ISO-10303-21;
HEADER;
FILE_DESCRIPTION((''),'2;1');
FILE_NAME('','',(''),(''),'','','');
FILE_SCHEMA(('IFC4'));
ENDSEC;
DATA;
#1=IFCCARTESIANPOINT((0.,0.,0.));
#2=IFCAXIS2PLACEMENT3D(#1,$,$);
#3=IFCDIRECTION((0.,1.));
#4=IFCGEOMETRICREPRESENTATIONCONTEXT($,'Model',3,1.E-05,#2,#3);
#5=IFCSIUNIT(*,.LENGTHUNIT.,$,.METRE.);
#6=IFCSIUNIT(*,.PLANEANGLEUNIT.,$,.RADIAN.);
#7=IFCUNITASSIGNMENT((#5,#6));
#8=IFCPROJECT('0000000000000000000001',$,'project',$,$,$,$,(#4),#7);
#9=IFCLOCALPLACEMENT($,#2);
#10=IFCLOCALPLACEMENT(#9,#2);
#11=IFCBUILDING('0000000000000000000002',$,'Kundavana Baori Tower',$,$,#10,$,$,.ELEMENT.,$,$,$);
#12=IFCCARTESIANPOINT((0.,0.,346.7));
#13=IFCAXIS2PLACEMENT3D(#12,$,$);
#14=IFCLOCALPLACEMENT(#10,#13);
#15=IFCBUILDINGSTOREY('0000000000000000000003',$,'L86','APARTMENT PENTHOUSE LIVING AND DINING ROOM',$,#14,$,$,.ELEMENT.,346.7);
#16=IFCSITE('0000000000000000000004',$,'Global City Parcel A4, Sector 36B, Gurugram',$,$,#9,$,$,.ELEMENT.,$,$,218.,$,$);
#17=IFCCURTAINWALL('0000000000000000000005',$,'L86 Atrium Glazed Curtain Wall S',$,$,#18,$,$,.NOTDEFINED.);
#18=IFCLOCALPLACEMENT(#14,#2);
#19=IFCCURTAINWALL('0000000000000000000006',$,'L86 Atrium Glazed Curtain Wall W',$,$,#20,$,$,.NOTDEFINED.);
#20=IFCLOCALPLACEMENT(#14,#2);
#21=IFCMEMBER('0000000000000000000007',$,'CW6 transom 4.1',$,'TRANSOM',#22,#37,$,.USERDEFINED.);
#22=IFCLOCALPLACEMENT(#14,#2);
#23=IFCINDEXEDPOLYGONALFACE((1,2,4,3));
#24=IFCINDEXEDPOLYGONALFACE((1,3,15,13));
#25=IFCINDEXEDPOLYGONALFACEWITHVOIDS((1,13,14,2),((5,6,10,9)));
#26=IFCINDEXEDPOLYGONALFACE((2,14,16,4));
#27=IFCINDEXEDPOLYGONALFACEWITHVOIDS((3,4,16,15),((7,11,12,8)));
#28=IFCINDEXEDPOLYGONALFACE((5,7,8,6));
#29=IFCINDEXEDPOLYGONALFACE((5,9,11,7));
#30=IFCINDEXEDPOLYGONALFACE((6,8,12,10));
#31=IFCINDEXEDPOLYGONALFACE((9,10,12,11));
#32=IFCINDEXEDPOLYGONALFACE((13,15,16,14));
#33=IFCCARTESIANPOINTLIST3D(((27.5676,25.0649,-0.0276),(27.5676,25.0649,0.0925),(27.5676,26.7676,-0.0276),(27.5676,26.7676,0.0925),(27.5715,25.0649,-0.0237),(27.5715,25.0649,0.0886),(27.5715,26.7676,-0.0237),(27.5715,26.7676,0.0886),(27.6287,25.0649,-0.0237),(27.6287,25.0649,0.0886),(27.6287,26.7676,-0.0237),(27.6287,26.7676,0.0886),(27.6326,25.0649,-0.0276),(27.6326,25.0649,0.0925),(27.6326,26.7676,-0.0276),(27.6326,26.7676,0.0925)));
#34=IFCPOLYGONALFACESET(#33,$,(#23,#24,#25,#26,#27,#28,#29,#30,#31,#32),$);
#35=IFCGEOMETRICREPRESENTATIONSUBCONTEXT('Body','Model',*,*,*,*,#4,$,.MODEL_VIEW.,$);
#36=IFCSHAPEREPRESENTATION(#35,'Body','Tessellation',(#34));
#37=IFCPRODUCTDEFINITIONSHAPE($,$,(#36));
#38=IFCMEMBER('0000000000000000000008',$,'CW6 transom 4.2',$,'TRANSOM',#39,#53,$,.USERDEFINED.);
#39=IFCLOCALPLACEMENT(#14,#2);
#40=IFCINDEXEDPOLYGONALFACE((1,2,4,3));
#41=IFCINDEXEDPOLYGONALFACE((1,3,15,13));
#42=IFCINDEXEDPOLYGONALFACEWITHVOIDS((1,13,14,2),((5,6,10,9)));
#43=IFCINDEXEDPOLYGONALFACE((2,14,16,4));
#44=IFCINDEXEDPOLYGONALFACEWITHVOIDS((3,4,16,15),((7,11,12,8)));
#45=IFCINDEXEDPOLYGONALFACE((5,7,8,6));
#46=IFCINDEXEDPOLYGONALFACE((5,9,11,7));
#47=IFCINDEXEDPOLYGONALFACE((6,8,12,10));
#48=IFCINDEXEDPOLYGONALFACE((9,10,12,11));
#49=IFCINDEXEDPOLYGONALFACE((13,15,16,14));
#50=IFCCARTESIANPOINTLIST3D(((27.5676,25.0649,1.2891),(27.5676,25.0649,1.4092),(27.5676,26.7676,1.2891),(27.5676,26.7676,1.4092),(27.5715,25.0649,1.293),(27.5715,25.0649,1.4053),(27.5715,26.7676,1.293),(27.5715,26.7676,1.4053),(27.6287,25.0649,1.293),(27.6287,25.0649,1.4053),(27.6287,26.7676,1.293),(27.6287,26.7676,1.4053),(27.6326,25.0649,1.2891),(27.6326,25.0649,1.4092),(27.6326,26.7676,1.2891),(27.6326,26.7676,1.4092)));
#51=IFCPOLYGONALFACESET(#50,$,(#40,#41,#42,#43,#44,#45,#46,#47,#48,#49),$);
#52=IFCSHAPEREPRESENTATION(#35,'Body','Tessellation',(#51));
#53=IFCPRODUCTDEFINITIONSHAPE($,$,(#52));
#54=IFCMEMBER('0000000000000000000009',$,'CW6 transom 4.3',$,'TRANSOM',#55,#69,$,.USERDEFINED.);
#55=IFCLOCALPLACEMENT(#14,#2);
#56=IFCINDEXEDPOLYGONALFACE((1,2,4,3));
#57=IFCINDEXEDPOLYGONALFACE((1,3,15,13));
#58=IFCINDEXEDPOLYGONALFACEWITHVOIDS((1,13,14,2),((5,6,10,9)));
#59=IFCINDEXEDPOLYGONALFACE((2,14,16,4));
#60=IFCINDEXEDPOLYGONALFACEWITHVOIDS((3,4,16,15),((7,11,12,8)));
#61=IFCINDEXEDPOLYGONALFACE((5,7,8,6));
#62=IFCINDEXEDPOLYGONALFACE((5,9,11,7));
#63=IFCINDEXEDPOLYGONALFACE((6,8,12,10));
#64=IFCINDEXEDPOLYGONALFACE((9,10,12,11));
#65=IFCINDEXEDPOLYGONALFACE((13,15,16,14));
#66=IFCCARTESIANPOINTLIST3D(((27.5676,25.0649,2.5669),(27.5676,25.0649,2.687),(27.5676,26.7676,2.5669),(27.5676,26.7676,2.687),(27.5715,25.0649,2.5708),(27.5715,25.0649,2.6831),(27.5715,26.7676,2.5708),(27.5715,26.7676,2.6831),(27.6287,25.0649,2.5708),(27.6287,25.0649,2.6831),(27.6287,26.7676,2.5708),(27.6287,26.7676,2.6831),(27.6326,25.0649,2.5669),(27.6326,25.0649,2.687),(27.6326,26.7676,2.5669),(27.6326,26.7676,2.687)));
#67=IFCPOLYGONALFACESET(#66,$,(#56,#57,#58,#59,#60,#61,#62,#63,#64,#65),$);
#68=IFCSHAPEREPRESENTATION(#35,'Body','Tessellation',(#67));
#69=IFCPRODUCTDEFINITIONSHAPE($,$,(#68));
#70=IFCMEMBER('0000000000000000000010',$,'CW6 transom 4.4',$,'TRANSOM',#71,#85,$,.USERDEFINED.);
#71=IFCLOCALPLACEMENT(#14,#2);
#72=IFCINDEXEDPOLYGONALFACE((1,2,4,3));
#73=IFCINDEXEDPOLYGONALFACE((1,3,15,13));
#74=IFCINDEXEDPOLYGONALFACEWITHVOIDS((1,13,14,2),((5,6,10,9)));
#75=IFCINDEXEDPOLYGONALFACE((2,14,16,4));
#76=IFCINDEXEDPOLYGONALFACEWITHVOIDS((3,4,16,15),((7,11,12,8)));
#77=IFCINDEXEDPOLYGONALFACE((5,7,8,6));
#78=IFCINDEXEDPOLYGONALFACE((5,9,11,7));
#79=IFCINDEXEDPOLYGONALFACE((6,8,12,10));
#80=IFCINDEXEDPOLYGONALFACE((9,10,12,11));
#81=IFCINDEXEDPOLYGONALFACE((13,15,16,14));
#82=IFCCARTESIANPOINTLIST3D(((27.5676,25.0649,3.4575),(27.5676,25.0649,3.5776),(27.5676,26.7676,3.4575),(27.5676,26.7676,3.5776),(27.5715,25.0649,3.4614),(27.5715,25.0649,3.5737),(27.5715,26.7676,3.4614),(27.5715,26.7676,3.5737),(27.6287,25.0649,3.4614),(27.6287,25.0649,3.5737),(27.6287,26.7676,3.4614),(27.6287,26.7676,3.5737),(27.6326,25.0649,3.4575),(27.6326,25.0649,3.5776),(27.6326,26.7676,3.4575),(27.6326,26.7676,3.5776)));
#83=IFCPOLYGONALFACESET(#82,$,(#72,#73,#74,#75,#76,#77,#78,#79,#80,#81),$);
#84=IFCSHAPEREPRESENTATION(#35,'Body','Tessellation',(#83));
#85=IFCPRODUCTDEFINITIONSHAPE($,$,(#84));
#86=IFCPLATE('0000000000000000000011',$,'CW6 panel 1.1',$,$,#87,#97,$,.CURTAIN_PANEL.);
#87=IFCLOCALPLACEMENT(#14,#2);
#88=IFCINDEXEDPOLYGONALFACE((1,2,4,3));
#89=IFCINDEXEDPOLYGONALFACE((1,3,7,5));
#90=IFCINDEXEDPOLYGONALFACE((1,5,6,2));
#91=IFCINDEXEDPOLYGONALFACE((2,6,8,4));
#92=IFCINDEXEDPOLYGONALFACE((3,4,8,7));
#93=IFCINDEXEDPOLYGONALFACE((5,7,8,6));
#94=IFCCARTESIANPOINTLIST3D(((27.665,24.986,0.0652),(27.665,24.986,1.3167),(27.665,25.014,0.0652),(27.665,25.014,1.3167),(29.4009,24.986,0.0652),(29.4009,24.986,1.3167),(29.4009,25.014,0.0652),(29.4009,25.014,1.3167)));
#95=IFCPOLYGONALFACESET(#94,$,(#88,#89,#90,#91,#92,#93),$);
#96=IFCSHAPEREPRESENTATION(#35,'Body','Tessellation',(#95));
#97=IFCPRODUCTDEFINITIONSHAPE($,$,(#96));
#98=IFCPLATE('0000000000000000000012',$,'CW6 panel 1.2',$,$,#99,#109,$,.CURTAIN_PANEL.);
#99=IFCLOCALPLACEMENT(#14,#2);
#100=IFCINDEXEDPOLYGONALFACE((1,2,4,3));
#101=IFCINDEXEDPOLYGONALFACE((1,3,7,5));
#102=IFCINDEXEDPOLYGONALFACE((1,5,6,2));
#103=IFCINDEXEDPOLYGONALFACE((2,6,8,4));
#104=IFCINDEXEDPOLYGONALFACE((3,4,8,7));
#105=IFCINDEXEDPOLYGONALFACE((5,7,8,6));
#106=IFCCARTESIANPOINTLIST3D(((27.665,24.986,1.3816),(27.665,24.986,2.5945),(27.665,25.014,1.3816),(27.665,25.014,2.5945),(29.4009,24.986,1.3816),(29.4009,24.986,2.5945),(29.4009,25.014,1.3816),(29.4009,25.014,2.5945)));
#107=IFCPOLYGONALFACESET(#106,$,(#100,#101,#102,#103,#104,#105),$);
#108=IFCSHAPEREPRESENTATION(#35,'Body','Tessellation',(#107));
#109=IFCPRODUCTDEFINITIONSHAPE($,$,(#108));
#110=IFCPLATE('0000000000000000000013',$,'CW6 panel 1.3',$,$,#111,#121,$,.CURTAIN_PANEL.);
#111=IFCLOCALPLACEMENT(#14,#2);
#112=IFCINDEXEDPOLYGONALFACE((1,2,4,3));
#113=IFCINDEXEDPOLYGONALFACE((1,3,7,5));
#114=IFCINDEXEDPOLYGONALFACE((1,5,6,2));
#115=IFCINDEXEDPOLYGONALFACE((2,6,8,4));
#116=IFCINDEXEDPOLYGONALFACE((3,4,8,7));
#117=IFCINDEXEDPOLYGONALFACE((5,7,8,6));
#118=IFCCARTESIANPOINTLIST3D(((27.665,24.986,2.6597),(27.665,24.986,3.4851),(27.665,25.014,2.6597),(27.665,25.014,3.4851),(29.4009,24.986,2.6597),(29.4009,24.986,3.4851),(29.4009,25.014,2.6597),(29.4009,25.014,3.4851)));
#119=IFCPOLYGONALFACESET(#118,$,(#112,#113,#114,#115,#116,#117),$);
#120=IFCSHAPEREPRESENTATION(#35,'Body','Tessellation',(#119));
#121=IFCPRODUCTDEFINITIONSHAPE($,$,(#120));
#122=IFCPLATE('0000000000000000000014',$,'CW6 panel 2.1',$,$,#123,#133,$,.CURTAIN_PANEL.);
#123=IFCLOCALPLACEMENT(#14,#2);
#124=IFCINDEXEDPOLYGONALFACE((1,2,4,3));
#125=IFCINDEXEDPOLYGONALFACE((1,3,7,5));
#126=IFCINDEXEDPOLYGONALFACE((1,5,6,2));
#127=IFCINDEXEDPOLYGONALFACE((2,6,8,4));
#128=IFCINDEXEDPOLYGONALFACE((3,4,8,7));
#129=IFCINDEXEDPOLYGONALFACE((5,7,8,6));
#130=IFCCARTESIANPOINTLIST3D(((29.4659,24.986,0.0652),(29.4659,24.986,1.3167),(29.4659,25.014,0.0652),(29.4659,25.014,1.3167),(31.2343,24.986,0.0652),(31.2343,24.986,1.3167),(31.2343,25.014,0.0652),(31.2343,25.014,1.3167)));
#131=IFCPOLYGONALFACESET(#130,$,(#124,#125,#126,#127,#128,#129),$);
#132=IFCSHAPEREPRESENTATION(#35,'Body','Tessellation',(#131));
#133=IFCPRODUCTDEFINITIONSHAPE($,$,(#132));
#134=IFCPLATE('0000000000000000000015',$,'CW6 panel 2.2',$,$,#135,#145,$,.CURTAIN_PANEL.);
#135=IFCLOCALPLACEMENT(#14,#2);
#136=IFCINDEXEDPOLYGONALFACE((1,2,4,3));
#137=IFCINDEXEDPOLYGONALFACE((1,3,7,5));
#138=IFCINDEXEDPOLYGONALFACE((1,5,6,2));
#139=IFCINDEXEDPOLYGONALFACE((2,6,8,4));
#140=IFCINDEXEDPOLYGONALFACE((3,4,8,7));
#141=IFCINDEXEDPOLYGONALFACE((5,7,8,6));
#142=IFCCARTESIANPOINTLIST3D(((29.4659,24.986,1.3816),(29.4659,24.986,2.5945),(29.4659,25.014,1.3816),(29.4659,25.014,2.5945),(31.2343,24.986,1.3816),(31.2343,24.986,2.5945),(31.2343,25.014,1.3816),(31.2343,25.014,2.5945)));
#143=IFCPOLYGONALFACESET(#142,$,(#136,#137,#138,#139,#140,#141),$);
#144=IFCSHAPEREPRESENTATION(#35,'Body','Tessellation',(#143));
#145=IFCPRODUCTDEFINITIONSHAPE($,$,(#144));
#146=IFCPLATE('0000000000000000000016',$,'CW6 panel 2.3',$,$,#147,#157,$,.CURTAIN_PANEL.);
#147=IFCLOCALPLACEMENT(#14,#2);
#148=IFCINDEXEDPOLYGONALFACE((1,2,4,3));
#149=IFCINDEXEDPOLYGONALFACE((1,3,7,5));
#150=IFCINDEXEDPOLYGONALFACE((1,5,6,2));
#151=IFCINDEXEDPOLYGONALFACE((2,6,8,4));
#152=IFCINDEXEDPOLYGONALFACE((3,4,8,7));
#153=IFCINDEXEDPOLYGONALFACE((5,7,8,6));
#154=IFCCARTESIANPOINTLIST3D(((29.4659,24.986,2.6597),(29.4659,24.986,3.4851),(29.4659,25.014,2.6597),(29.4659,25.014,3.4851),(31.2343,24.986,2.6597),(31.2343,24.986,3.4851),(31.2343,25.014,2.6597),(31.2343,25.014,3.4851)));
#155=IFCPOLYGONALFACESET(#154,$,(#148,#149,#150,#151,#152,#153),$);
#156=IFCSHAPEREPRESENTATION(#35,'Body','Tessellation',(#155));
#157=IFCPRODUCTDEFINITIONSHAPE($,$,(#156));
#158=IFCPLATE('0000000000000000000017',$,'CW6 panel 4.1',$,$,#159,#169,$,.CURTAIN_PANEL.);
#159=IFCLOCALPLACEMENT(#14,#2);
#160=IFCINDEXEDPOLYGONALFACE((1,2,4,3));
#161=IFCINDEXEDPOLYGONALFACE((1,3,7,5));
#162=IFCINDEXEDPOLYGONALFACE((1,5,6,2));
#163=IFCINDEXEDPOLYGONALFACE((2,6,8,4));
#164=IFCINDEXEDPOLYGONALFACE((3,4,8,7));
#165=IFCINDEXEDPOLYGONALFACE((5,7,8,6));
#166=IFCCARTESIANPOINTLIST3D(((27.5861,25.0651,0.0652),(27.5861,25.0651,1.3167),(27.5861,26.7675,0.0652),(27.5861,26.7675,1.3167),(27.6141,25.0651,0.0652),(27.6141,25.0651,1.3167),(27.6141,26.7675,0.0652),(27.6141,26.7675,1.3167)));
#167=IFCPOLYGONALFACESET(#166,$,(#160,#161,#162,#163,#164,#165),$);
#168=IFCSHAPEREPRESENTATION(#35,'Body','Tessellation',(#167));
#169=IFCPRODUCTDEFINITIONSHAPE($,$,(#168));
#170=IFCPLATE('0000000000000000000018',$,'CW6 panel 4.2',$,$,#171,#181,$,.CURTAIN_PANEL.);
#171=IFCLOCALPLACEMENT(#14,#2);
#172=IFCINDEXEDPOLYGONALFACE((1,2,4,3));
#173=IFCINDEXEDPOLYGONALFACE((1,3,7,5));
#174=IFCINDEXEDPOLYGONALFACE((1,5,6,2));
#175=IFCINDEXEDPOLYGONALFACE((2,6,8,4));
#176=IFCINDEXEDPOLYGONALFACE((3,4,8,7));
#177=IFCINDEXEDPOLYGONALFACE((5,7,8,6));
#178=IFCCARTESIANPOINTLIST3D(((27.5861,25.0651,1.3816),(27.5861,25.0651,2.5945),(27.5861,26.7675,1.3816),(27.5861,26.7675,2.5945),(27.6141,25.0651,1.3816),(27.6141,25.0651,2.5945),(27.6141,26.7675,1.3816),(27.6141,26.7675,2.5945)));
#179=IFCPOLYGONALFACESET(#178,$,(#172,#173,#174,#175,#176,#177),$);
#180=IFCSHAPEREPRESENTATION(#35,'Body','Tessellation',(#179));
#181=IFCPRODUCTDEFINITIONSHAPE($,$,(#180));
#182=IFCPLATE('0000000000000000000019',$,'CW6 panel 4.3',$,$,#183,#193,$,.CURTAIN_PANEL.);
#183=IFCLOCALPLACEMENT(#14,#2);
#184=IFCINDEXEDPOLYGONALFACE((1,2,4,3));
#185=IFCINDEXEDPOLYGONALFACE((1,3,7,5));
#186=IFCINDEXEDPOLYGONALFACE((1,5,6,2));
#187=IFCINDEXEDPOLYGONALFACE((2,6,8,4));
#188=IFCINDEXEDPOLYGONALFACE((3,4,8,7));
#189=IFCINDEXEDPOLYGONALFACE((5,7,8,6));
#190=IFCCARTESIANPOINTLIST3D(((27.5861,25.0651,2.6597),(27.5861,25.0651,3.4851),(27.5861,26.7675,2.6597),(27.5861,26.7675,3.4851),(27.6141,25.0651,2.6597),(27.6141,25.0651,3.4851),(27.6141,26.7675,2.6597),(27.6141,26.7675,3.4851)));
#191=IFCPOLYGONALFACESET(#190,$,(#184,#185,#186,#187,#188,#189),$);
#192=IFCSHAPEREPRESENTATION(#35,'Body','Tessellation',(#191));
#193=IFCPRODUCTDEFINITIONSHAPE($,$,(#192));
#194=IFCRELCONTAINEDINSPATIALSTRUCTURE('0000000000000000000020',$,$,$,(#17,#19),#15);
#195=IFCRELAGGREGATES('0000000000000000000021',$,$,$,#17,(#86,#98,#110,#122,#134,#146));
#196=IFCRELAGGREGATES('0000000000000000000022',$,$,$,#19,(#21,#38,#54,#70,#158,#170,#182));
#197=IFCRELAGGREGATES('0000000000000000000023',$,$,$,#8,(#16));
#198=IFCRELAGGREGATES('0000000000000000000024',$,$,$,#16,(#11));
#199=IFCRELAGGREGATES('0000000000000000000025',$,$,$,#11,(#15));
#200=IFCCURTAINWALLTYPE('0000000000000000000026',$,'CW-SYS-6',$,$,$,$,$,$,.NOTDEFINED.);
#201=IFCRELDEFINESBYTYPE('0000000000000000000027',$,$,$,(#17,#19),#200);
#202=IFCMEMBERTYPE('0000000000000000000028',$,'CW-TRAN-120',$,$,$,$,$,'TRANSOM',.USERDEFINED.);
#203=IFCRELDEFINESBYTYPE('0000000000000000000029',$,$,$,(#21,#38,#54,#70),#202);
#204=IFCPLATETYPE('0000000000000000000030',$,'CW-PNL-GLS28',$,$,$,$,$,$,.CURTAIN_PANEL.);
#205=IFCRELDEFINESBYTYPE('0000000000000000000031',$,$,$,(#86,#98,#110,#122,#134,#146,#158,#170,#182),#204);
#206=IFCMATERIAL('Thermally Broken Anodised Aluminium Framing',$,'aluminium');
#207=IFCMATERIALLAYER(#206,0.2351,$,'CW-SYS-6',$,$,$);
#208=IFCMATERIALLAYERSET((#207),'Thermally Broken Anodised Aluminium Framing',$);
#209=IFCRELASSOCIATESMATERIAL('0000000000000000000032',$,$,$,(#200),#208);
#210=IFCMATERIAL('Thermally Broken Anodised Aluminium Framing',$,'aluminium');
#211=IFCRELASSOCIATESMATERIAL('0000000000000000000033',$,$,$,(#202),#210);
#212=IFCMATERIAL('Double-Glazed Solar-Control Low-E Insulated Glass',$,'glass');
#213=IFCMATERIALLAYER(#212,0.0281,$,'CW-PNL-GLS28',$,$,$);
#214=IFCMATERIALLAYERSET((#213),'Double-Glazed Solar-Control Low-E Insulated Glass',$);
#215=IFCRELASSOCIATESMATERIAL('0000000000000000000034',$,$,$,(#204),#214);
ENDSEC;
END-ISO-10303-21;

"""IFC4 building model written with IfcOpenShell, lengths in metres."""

from ifc_helpers import new_model, si_unit, direction, frame, origin, origin_2d, place, context, subcontext, project, spatial, rectangle, hollow_rectangle, extrude, material, layer, layer_set, material_profile, profile_set, type_object, element, aggregate, save


model = new_model("IFC4")

# Units and contexts
model_context = context("Model", 3, precision=1e-05, world=origin(), true_north=direction((0.0, 1.0)))
body_context = subcontext(model_context, "Body", "Model", "MODEL_VIEW")
ifc_project = project(units=[si_unit("LENGTHUNIT", "METRE"), si_unit("PLANEANGLEUNIT", "RADIAN")], contexts=[model_context])

# Site, building, storey
site_placement = place(None, origin())
site = spatial("IfcSite", under=ifc_project, at=site_placement, Name="Global City Parcel A4, Sector 36B, Gurugram", CompositionType="ELEMENT", RefElevation=218.0)
building_placement = place(site_placement, origin())
building = spatial("IfcBuilding", under=site, at=building_placement, Name="Kundavana Baori Tower", CompositionType="ELEMENT")
storey_placement = place(building_placement, frame((0.0, 0.0, 346.7)))
storey = spatial("IfcBuildingStorey", under=building, at=storey_placement, Name="L86", Description="APARTMENT PENTHOUSE LIVING AND DINING ROOM", CompositionType="ELEMENT", Elevation=346.7)

# Curtain wall
ifc_material_1 = material(Name="Thermally Broken Anodised Aluminium Framing", Category="aluminium")
ifc_layer_1 = layer(ifc_material_1, 0.2351, Name="CW-SYS-6")
ifc_layer_set_1 = layer_set([ifc_layer_1], Name="Thermally Broken Anodised Aluminium Framing")
curtain_wall_type = type_object("IfcCurtainWallType", Name="CW-SYS-6", PredefinedType="NOTDEFINED", material=ifc_layer_set_1)
curtain_wall_1_placement = place(storey_placement, origin())
curtain_wall_1 = element("IfcCurtainWall", 1, at=curtain_wall_1_placement, inside=storey, type_object=curtain_wall_type, Name="L86 Atrium Glazed Curtain Wall S", PredefinedType="NOTDEFINED")

# Curtain wall
curtain_wall_2_placement = place(storey_placement, origin())
curtain_wall_2 = element("IfcCurtainWall", 2, at=curtain_wall_2_placement, inside=storey, type_object=curtain_wall_type, Name="L86 Atrium Glazed Curtain Wall W", PredefinedType="NOTDEFINED")

# Members
ifc_material_2 = material(Name="Thermally Broken Anodised Aluminium Framing", Category="aluminium")
ifc_material_profile_1 = material_profile(ifc_material_2, hollow_rectangle(XDim=0.0649, YDim=0.1201, WallThickness=0.0039, at=origin_2d()), Name="CW-TRAN-120")
ifc_profile_set_1 = profile_set([ifc_material_profile_1], Name="Thermally Broken Anodised Aluminium Framing")
member_type_1 = type_object("IfcMemberType", Name="CW-TRAN-120", ElementType="TRANSOM", PredefinedType="USERDEFINED", material=ifc_profile_set_1)
member_1_placement = place(storey_placement, frame((27.6001, 26.7676, 0.0325), z_axis=(0.0, -1.0, 0.0), x_axis=(1.0, 0.0, 0.0)))
member_1 = element("IfcMember", 3, at=member_1_placement, type_object=member_type_1, Name="CW6 transom 4.1", ObjectType="TRANSOM", PredefinedType="USERDEFINED", context=body_context, shape_type="SweptSolid", body=[
    extrude(hollow_rectangle(XDim=0.0649, YDim=0.1201, WallThickness=0.0039, at=origin_2d()), origin(), (0.0, 0.0, 1.0), 1.7026),
])
member_2_placement = place(storey_placement, frame((27.6001, 26.7676, 1.3491), z_axis=(0.0, -1.0, 0.0), x_axis=(1.0, 0.0, 0.0)))
member_2 = element("IfcMember", 4, at=member_2_placement, type_object=member_type_1, Name="CW6 transom 4.2", ObjectType="TRANSOM", PredefinedType="USERDEFINED", context=body_context, shape_type="SweptSolid", body=[
    extrude(hollow_rectangle(XDim=0.0649, YDim=0.1201, WallThickness=0.0039, at=origin_2d()), origin(), (0.0, 0.0, 1.0), 1.7026),
])
member_3_placement = place(storey_placement, frame((27.6001, 26.7676, 2.627), z_axis=(0.0, -1.0, 0.0), x_axis=(1.0, 0.0, 0.0)))
member_3 = element("IfcMember", 5, at=member_3_placement, type_object=member_type_1, Name="CW6 transom 4.3", ObjectType="TRANSOM", PredefinedType="USERDEFINED", context=body_context, shape_type="SweptSolid", body=[
    extrude(hollow_rectangle(XDim=0.0649, YDim=0.1201, WallThickness=0.0039, at=origin_2d()), origin(), (0.0, 0.0, 1.0), 1.7026),
])
member_4_placement = place(storey_placement, frame((27.6001, 26.7676, 3.5176), z_axis=(0.0, -1.0, 0.0), x_axis=(1.0, 0.0, 0.0)))
member_4 = element("IfcMember", 6, at=member_4_placement, type_object=member_type_1, Name="CW6 transom 4.4", ObjectType="TRANSOM", PredefinedType="USERDEFINED", context=body_context, shape_type="SweptSolid", body=[
    extrude(hollow_rectangle(XDim=0.0649, YDim=0.1201, WallThickness=0.0039, at=origin_2d()), origin(), (0.0, 0.0, 1.0), 1.7026),
])

# Plates
ifc_material_3 = material(Name="Double-Glazed Solar-Control Low-E Insulated Glass", Category="glass")
ifc_layer_2 = layer(ifc_material_3, 0.0281, Name="CW-PNL-GLS28")
ifc_layer_set_2 = layer_set([ifc_layer_2], Name="Double-Glazed Solar-Control Low-E Insulated Glass")
plate_type = type_object("IfcPlateType", Name="CW-PNL-GLS28", PredefinedType="CURTAIN_PANEL", material=ifc_layer_set_2)
plate_1_placement = place(storey_placement, frame((28.533, 25.0, 0.0652), z_axis=(0.0, 0.0, 1.0), x_axis=(1.0, 0.0, 0.0)))
plate_1 = element("IfcPlate", 7, at=plate_1_placement, type_object=plate_type, Name="CW6 panel 1.1", PredefinedType="CURTAIN_PANEL", context=body_context, shape_type="SweptSolid", body=[
    extrude(rectangle(XDim=1.7358, YDim=0.0281, at=origin_2d()), origin(), (0.0, 0.0, 1.0), 1.2515),
])
plate_2_placement = place(storey_placement, frame((28.533, 25.0, 1.3816), z_axis=(0.0, 0.0, 1.0), x_axis=(1.0, 0.0, 0.0)))
plate_2 = element("IfcPlate", 8, at=plate_2_placement, type_object=plate_type, Name="CW6 panel 1.2", PredefinedType="CURTAIN_PANEL", context=body_context, shape_type="SweptSolid", body=[
    extrude(rectangle(XDim=1.7358, YDim=0.0281, at=origin_2d()), origin(), (0.0, 0.0, 1.0), 1.2129),
])
plate_3_placement = place(storey_placement, frame((28.533, 25.0, 2.6597), z_axis=(0.0, 0.0, 1.0), x_axis=(1.0, 0.0, 0.0)))
plate_3 = element("IfcPlate", 9, at=plate_3_placement, type_object=plate_type, Name="CW6 panel 1.3", PredefinedType="CURTAIN_PANEL", context=body_context, shape_type="SweptSolid", body=[
    extrude(rectangle(XDim=1.7358, YDim=0.0281, at=origin_2d()), origin(), (0.0, 0.0, 1.0), 0.8254),
])
plate_4_placement = place(storey_placement, frame((30.3501, 25.0, 0.0652), z_axis=(0.0, 0.0, 1.0), x_axis=(1.0, 0.0, 0.0)))
plate_4 = element("IfcPlate", 10, at=plate_4_placement, type_object=plate_type, Name="CW6 panel 2.1", PredefinedType="CURTAIN_PANEL", context=body_context, shape_type="SweptSolid", body=[
    extrude(rectangle(XDim=1.7683, YDim=0.0281, at=origin_2d()), origin(), (0.0, 0.0, 1.0), 1.2515),
])
plate_5_placement = place(storey_placement, frame((30.3501, 25.0, 1.3816), z_axis=(0.0, 0.0, 1.0), x_axis=(1.0, 0.0, 0.0)))
plate_5 = element("IfcPlate", 11, at=plate_5_placement, type_object=plate_type, Name="CW6 panel 2.2", PredefinedType="CURTAIN_PANEL", context=body_context, shape_type="SweptSolid", body=[
    extrude(rectangle(XDim=1.7683, YDim=0.0281, at=origin_2d()), origin(), (0.0, 0.0, 1.0), 1.2129),
])
plate_6_placement = place(storey_placement, frame((30.3501, 25.0, 2.6597), z_axis=(0.0, 0.0, 1.0), x_axis=(1.0, 0.0, 0.0)))
plate_6 = element("IfcPlate", 12, at=plate_6_placement, type_object=plate_type, Name="CW6 panel 2.3", PredefinedType="CURTAIN_PANEL", context=body_context, shape_type="SweptSolid", body=[
    extrude(rectangle(XDim=1.7683, YDim=0.0281, at=origin_2d()), origin(), (0.0, 0.0, 1.0), 0.8254),
])
aggregate(curtain_wall_1, [plate_1, plate_2, plate_3, plate_4, plate_5, plate_6])
plate_7_placement = place(storey_placement, frame((27.6001, 25.9163, 0.0652), z_axis=(0.0, 0.0, 1.0), x_axis=(0.0, -1.0, 0.0)))
plate_7 = element("IfcPlate", 13, at=plate_7_placement, type_object=plate_type, Name="CW6 panel 4.1", PredefinedType="CURTAIN_PANEL", context=body_context, shape_type="SweptSolid", body=[
    extrude(rectangle(XDim=1.7024, YDim=0.0281, at=origin_2d()), origin(), (0.0, 0.0, 1.0), 1.2515),
])
plate_8_placement = place(storey_placement, frame((27.6001, 25.9163, 1.3816), z_axis=(0.0, 0.0, 1.0), x_axis=(0.0, -1.0, 0.0)))
plate_8 = element("IfcPlate", 14, at=plate_8_placement, type_object=plate_type, Name="CW6 panel 4.2", PredefinedType="CURTAIN_PANEL", context=body_context, shape_type="SweptSolid", body=[
    extrude(rectangle(XDim=1.7024, YDim=0.0281, at=origin_2d()), origin(), (0.0, 0.0, 1.0), 1.2129),
])
plate_9_placement = place(storey_placement, frame((27.6001, 25.9163, 2.6597), z_axis=(0.0, 0.0, 1.0), x_axis=(0.0, -1.0, 0.0)))
plate_9 = element("IfcPlate", 15, at=plate_9_placement, type_object=plate_type, Name="CW6 panel 4.3", PredefinedType="CURTAIN_PANEL", context=body_context, shape_type="SweptSolid", body=[
    extrude(rectangle(XDim=1.7024, YDim=0.0281, at=origin_2d()), origin(), (0.0, 0.0, 1.0), 0.8254),
])
aggregate(curtain_wall_2, [member_1, member_2, member_3, member_4, plate_7, plate_8, plate_9])

save(model, "model.ifc")
